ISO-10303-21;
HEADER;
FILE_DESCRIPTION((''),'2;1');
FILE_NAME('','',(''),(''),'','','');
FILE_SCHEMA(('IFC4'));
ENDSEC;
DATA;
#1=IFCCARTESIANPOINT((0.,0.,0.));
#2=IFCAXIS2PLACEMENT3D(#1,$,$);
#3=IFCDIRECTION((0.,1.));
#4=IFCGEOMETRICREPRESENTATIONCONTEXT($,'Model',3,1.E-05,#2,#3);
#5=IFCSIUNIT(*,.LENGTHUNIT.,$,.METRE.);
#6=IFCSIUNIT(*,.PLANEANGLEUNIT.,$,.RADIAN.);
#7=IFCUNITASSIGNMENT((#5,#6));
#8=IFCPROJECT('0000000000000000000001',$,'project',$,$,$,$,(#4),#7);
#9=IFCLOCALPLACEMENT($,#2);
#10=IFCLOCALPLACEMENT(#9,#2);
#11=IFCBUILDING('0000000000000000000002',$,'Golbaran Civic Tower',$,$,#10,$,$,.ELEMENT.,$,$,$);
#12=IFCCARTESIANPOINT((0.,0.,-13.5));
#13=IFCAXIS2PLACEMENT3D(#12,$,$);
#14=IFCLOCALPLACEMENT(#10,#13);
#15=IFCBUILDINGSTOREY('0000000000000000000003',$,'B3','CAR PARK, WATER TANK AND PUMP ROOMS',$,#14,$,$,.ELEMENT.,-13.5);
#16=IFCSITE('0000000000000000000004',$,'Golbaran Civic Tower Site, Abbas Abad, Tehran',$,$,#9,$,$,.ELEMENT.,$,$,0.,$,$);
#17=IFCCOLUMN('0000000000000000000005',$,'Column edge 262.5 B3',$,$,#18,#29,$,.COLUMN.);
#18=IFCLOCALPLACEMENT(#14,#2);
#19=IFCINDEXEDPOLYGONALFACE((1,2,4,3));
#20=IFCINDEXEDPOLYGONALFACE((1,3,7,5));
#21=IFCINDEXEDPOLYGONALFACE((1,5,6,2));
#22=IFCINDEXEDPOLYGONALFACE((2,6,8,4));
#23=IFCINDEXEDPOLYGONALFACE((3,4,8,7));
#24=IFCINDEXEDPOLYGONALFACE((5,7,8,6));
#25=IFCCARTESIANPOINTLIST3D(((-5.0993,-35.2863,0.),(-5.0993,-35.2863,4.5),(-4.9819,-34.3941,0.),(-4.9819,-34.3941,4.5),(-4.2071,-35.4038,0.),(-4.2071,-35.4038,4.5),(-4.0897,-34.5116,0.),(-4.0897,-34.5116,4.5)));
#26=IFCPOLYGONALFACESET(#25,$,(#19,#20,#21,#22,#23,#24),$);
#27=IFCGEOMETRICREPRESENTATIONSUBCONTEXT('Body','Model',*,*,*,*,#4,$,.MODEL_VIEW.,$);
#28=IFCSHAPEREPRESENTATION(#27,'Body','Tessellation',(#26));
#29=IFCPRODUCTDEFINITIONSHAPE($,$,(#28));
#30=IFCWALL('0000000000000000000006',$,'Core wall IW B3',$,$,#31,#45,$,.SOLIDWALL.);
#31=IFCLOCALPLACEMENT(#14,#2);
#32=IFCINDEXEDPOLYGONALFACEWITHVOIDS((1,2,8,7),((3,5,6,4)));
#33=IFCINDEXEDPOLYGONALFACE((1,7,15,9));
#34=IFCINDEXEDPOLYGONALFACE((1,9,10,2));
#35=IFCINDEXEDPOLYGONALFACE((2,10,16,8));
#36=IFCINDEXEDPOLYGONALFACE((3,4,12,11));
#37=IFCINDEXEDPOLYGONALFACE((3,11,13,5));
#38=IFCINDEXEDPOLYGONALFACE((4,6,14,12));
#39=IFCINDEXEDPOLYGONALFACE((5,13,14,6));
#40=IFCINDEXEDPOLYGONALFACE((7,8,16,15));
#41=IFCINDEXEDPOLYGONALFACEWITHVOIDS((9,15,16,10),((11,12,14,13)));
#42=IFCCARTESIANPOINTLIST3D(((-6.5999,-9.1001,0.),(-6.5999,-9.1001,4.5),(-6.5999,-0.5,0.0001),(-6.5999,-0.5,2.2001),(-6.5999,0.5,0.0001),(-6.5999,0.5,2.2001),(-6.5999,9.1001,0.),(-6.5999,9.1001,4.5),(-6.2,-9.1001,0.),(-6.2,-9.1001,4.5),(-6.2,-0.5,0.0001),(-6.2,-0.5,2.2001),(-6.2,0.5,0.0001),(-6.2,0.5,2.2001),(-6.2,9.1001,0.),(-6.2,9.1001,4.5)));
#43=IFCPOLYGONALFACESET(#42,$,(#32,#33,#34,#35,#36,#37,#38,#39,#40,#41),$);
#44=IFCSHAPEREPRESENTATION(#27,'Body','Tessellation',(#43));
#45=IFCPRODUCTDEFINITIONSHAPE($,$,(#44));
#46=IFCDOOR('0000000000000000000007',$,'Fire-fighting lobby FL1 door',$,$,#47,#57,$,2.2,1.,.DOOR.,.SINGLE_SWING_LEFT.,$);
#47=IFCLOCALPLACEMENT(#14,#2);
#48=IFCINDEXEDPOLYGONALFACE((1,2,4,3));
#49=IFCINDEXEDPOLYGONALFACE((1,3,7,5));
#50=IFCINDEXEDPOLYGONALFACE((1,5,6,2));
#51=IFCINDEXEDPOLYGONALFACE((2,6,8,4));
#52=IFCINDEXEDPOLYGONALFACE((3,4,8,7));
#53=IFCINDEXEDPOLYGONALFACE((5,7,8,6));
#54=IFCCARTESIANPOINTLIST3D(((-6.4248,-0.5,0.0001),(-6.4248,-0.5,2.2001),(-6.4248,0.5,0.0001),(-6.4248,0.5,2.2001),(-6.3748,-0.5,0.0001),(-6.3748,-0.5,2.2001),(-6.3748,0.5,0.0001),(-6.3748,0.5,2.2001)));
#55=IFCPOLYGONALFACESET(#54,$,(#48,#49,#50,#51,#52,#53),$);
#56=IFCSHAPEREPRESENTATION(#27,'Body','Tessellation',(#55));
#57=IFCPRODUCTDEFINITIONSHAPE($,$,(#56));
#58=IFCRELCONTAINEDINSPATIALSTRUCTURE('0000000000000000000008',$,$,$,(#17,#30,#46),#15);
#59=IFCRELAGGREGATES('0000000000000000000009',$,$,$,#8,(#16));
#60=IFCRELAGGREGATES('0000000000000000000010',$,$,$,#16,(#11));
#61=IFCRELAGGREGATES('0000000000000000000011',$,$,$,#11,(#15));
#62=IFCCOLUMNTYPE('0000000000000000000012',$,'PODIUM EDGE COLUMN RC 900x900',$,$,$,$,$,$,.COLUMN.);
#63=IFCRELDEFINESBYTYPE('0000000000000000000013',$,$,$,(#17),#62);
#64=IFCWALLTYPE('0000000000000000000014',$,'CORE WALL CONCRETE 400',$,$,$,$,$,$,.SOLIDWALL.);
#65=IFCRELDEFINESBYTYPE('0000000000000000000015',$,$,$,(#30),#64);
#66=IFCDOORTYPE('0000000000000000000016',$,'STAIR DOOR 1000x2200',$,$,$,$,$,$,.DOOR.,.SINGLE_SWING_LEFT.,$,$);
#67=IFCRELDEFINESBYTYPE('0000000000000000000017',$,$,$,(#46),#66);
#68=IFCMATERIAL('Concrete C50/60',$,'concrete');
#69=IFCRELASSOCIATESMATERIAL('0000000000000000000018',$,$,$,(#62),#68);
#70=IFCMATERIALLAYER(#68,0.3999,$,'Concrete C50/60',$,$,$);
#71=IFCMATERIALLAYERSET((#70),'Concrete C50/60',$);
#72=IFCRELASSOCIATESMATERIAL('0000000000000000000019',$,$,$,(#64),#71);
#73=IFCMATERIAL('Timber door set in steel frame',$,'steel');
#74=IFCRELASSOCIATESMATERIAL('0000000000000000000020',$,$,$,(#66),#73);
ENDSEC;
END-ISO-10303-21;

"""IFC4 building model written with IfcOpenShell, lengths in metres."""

from ifc_helpers import new_model, si_unit, direction, frame, frame_2d, origin, origin_2d, place, context, subcontext, project, spatial, rectangle, extrude, material, layer, layer_set, material_profile, profile_set, type_object, element, fill, save


model = new_model("IFC4")

# Units and contexts
model_context = context("Model", 3, precision=1e-05, world=origin(), true_north=direction((0.0, 1.0)))
body_context = subcontext(model_context, "Body", "Model", "MODEL_VIEW")
ifc_project = project(units=[si_unit("LENGTHUNIT", "METRE"), si_unit("PLANEANGLEUNIT", "RADIAN")], contexts=[model_context])

# Site, building, storey
site_placement = place(None, origin())
site = spatial("IfcSite", under=ifc_project, at=site_placement, Name="Golbaran Civic Tower Site, Abbas Abad, Tehran", CompositionType="ELEMENT", RefElevation=0.0)
building_placement = place(site_placement, origin())
building = spatial("IfcBuilding", under=site, at=building_placement, Name="Golbaran Civic Tower", CompositionType="ELEMENT")
storey_placement = place(building_placement, frame((0.0, 0.0, -13.5)))
storey = spatial("IfcBuildingStorey", under=building, at=storey_placement, Name="B3", Description="CAR PARK, WATER TANK AND PUMP ROOMS", CompositionType="ELEMENT", Elevation=-13.5)

# Column
ifc_material_1 = material(Name="Concrete C50/60", Category="concrete")
ifc_material_profile_1 = material_profile(ifc_material_1, rectangle(XDim=0.8999, YDim=0.8999, at=origin_2d()), Name="RC 900x900")
ifc_profile_set_1 = profile_set([ifc_material_profile_1], Name="Concrete C50/60")
column_type_1 = type_object("IfcColumnType", Name="PODIUM EDGE COLUMN RC 900x900", PredefinedType="COLUMN", material=ifc_profile_set_1)
for number, where, z_axis, x_axis, name in (
    (1, (-4.5945, -34.8989, 0.0), (0.0, 0.0, 1.0), (-0.130526, -0.991445, 0.0), "Column edge 262.5 B3"),
):
    element("IfcColumn", number, at=place(storey_placement, frame(where, z_axis=z_axis, x_axis=x_axis)), inside=storey, type_object=column_type_1, Name=name, PredefinedType="COLUMN", context=body_context, shape_type="SweptSolid", body=[
        extrude(rectangle(XDim=0.8999, YDim=0.8999, at=origin_2d()), origin(), (0.0, 0.0, 1.0), 4.5),
    ])

# Wall, opening, door
ifc_layer_1 = layer(ifc_material_1, 0.3999, Name="Concrete C50/60")
ifc_layer_set_1 = layer_set([ifc_layer_1], Name="Concrete C50/60")
wall_type = type_object("IfcWallType", Name="CORE WALL CONCRETE 400", PredefinedType="SOLIDWALL", material=ifc_layer_set_1)
wall_placement = place(storey_placement, frame((-6.3999, -9.1001, 0.0), z_axis=(0.0, 0.0, 1.0), x_axis=(0.0, 1.0, 0.0)))
wall = element("IfcWall", 2, at=wall_placement, inside=storey, type_object=wall_type, Name="Core wall IW B3", PredefinedType="SOLIDWALL", context=body_context, shape_type="SweptSolid", body=[
    extrude(rectangle(XDim=18.2002, YDim=0.3999, at=frame_2d((9.1001, 0.0))), origin(), (0.0, 0.0, 1.0), 4.5),
])
opening_placement = place(wall_placement, frame((8.6001, 0.0, 0.0)))
opening = element("IfcOpeningElement", 3, at=opening_placement, cuts=wall, PredefinedType="OPENING", context=body_context, shape_type="SweptSolid", body=[
    extrude(rectangle(XDim=1.0, YDim=2.2, at=frame_2d((0.5, 1.1001))), frame((0.0, 0.21, 0.0), z_axis=(0.0, -1.0, 0.0), x_axis=(1.0, 0.0, 0.0)), (0.0, 0.0, 1.0), 0.4199),
])
ifc_material_2 = material(Name="Timber door set in steel frame", Category="steel")
door_type = type_object("IfcDoorType", Name="STAIR DOOR 1000x2200", OperationType="SINGLE_SWING_LEFT", PredefinedType="DOOR", material=ifc_material_2)
door_placement = place(opening_placement, origin())
door = element("IfcDoor", 4, at=door_placement, inside=storey, type_object=door_type, Name="Fire-fighting lobby FL1 door", OperationType="SINGLE_SWING_LEFT", OverallHeight=2.2, OverallWidth=1.0, PredefinedType="DOOR", context=body_context, shape_type="SweptSolid", body=[
    extrude(rectangle(XDim=1.0, YDim=2.2, at=frame_2d((0.5, 1.1001))), frame((0.0, 0.0249, 0.0), z_axis=(0.0, -1.0, 0.0), x_axis=(1.0, 0.0, 0.0)), (0.0, 0.0, 1.0), 0.05),
])
fill(opening, door)

save(model, "model.ifc")
